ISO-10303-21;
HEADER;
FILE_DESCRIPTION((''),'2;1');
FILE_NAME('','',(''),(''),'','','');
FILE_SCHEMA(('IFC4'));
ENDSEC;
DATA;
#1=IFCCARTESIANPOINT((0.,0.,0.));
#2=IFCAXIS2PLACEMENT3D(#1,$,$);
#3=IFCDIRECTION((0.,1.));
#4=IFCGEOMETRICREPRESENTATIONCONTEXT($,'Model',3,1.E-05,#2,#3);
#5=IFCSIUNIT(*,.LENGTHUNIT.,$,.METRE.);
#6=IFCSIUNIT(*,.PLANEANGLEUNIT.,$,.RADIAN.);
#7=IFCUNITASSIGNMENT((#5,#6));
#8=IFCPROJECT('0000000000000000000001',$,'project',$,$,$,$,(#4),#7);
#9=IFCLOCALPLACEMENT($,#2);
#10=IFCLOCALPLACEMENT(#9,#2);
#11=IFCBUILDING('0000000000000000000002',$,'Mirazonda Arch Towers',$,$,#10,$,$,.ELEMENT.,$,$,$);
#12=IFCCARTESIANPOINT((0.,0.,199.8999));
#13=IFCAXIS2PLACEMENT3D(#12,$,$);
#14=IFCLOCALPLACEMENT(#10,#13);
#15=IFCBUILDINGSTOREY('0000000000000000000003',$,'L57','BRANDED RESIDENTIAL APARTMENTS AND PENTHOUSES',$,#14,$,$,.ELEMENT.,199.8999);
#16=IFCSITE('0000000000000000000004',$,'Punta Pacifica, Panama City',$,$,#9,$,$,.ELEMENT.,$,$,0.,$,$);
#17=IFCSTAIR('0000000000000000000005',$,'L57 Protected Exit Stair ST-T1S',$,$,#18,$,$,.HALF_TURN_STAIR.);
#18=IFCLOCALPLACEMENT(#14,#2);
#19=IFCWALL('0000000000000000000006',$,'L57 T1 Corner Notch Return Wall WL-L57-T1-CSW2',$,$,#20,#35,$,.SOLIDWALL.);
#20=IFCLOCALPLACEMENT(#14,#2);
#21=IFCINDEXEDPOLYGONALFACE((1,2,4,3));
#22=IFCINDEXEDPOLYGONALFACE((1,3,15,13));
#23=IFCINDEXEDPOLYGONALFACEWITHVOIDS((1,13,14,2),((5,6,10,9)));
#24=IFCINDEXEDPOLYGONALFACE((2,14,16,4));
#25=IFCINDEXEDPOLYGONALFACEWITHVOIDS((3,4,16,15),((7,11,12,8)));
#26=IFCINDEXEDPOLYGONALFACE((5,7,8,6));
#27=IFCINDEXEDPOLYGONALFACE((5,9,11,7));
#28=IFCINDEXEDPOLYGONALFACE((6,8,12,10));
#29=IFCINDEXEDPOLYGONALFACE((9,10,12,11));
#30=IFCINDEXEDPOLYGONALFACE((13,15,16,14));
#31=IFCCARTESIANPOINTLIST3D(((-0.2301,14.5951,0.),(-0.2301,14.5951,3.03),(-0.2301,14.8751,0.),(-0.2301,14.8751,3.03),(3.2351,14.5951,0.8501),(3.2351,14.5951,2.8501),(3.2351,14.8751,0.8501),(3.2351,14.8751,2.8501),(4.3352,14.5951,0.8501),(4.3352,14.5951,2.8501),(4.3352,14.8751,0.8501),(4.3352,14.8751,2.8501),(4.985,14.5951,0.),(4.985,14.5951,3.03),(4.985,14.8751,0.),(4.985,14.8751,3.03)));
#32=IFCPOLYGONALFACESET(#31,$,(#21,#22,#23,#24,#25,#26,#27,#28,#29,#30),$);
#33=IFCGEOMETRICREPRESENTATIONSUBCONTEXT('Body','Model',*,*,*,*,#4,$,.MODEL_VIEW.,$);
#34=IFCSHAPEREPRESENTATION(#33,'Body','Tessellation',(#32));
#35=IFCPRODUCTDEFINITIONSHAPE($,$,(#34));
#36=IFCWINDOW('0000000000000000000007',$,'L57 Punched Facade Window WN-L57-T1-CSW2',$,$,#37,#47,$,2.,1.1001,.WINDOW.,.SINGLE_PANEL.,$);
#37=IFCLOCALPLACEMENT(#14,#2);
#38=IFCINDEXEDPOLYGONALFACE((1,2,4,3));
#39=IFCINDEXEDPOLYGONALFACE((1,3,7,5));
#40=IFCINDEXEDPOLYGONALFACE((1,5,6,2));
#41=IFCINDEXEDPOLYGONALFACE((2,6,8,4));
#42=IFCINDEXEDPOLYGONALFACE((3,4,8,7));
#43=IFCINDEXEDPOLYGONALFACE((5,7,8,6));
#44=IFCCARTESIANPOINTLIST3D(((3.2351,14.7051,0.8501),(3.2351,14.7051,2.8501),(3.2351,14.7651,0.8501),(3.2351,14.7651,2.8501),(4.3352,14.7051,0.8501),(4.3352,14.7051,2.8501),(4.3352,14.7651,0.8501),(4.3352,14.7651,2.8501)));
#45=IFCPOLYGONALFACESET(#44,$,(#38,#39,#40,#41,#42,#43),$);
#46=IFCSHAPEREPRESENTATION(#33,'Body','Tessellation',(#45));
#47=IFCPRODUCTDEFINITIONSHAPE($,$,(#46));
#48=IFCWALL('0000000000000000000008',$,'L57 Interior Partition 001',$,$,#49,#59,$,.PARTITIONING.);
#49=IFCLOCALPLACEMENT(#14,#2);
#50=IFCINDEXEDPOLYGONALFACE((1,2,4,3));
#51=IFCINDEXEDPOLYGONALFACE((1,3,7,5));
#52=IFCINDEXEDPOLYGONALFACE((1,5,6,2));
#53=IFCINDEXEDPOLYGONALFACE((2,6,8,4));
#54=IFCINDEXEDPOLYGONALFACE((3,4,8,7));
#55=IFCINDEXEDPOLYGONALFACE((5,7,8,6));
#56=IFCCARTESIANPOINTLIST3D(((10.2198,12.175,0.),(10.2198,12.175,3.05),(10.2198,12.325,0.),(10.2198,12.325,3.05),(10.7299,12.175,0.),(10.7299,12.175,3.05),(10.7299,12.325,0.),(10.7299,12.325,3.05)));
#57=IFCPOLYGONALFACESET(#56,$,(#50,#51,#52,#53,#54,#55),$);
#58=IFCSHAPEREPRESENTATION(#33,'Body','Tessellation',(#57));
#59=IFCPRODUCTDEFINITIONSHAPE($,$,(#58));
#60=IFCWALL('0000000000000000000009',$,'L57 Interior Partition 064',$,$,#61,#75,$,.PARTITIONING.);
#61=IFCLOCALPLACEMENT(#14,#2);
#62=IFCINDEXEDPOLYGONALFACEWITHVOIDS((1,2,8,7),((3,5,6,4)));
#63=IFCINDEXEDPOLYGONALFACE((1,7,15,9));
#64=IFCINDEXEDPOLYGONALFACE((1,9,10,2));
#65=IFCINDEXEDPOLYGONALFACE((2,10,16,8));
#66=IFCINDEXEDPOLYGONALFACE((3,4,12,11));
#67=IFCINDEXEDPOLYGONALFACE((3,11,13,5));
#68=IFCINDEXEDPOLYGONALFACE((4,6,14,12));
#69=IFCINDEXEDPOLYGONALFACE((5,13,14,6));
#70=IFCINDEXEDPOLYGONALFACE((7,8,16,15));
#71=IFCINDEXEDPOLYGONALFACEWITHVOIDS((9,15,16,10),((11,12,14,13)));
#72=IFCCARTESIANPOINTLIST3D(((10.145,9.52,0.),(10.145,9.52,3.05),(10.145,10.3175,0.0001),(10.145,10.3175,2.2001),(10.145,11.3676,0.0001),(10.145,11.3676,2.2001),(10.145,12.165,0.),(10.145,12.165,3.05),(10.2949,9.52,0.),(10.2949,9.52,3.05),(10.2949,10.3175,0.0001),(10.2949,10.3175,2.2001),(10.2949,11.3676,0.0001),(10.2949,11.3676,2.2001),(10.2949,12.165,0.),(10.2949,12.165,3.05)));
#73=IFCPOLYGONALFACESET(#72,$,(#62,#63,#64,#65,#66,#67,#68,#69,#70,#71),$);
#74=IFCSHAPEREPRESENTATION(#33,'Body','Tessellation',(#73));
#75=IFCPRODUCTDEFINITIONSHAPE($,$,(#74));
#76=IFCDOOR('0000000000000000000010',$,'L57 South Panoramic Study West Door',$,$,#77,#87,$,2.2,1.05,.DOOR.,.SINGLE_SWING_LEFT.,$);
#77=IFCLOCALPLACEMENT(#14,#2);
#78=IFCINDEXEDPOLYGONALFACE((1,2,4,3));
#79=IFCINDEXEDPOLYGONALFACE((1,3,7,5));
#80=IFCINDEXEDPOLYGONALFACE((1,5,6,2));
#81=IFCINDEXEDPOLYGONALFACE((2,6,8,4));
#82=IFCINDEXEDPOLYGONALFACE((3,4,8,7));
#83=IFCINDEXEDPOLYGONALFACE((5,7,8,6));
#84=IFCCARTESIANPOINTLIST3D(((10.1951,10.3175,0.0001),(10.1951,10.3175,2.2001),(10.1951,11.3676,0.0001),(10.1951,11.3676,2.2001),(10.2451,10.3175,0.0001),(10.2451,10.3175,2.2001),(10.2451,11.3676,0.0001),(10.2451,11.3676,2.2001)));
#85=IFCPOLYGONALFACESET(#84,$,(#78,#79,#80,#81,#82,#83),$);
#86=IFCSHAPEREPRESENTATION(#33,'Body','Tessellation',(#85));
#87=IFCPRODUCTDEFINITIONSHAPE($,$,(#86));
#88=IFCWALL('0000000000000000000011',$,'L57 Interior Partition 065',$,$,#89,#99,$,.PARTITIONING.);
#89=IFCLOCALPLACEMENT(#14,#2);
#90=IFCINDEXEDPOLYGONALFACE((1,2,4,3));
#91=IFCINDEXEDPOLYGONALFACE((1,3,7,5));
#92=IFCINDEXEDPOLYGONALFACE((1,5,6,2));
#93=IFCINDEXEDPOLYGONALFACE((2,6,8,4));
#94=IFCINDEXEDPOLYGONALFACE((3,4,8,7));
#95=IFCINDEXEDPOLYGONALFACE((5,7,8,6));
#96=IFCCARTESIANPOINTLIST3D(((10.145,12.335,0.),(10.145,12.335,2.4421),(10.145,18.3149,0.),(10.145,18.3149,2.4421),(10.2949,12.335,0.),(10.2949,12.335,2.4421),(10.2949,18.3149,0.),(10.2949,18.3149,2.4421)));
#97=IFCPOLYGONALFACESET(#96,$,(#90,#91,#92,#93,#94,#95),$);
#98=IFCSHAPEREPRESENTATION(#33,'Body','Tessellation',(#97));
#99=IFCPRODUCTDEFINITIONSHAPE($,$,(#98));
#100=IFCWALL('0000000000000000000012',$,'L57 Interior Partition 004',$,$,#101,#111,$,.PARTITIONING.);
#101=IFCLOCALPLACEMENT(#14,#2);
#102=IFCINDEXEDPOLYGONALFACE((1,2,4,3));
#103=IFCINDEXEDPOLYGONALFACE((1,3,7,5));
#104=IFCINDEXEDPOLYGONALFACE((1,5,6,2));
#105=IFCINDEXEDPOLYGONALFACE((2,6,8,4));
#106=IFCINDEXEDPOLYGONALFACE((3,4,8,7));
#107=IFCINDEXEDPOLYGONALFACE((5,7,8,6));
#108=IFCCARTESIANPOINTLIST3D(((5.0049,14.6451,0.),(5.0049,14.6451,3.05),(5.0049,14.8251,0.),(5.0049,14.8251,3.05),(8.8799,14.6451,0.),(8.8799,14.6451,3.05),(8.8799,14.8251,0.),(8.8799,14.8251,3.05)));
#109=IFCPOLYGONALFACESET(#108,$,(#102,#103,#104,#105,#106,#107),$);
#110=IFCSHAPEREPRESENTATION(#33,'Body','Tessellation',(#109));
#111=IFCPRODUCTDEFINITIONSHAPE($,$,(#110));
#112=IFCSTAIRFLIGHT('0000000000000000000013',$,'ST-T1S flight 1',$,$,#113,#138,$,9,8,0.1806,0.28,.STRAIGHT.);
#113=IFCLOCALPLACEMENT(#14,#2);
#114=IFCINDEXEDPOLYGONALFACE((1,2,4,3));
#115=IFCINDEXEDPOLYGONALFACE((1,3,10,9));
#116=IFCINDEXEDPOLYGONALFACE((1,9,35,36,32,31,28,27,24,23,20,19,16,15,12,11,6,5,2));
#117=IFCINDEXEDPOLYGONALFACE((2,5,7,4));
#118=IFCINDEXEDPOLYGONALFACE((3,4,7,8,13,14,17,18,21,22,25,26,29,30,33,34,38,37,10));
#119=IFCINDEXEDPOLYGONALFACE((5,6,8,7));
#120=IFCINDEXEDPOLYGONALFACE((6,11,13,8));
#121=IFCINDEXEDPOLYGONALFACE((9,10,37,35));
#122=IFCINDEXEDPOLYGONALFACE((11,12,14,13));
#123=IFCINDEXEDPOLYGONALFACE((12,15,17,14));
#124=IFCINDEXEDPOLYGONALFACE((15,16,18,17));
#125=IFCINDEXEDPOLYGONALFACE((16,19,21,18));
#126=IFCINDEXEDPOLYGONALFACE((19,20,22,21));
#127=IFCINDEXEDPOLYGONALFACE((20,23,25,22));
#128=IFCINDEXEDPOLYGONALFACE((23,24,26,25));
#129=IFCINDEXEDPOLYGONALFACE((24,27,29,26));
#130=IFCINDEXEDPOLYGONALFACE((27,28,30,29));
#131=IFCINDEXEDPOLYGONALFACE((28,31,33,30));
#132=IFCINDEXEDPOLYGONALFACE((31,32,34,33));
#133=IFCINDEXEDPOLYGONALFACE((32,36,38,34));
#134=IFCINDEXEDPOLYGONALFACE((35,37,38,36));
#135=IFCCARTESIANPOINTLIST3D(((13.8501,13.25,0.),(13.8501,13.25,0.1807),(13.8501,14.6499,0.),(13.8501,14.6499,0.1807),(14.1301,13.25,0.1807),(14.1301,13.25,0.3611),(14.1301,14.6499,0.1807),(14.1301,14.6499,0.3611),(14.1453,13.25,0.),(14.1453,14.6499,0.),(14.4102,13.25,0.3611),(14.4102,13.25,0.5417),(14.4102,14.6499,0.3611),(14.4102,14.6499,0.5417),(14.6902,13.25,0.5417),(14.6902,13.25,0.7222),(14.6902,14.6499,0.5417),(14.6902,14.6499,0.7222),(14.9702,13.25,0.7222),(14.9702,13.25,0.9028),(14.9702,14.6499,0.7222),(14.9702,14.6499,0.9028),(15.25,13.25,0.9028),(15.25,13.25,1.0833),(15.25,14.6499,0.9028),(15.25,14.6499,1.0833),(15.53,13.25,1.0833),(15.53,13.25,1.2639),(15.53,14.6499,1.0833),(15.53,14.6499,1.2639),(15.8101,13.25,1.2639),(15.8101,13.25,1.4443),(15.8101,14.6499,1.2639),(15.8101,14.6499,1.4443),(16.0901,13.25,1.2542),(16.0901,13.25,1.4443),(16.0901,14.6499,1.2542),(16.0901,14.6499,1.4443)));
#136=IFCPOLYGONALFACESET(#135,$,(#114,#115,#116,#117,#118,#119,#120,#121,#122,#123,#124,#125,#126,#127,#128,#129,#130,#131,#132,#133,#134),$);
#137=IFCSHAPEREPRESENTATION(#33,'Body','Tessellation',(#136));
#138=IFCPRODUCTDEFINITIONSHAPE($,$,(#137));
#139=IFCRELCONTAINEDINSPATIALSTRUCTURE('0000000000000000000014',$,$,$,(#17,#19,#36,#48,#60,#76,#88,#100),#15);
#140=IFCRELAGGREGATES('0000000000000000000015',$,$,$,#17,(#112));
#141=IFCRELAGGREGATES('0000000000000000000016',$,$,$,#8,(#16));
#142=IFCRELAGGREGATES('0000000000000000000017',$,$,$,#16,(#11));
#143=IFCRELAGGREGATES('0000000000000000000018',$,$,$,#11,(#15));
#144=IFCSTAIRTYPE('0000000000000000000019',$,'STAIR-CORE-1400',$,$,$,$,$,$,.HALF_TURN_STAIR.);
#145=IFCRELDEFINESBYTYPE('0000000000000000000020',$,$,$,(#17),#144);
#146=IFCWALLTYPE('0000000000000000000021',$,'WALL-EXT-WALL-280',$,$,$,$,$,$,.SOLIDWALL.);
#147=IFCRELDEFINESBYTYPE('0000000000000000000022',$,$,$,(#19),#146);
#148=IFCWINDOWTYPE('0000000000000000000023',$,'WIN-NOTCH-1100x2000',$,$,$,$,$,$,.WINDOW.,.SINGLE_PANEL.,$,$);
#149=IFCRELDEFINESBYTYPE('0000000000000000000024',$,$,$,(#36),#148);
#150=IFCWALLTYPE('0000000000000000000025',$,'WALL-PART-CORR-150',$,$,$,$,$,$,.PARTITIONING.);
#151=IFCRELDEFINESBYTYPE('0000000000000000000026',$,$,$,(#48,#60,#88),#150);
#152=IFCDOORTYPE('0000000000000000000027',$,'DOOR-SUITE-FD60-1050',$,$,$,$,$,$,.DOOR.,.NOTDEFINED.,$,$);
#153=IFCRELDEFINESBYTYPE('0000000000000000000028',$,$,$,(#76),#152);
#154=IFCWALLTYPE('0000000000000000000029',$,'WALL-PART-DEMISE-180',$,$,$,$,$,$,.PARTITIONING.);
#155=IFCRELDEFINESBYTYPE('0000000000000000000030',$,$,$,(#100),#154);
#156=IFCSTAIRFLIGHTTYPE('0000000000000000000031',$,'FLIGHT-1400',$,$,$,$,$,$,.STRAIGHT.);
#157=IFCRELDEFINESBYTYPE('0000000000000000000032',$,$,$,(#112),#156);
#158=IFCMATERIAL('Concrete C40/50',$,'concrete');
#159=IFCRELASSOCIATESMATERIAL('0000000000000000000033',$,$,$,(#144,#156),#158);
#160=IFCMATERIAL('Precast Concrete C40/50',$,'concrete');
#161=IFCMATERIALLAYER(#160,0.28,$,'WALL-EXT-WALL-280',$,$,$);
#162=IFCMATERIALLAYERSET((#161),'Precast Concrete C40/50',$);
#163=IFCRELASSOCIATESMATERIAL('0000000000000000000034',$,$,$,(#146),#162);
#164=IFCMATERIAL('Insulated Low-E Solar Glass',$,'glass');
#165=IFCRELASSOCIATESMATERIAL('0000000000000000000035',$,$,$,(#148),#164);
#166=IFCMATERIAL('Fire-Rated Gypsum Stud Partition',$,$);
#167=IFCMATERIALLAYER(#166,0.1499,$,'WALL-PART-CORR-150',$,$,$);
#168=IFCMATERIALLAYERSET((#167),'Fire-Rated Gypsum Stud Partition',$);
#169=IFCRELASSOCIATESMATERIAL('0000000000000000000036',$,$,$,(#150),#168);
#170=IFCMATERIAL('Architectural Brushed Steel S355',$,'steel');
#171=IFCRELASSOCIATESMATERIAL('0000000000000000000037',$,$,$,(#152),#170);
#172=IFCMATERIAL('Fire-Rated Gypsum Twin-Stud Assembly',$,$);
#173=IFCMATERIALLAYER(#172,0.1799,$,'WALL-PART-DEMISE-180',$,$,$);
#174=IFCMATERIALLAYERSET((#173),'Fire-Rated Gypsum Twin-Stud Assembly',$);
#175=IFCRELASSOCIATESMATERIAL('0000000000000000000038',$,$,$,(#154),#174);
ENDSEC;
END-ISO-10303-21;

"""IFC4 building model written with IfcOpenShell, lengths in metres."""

from ifc_helpers import new_model, si_unit, direction, frame, frame_2d, origin, place, context, subcontext, project, spatial, polyline, rectangle, outline, extrude, material, layer, layer_set, type_object, element, fill, aggregate, save


model = new_model("IFC4")

# Units and contexts
model_context = context("Model", 3, precision=1e-05, world=origin(), true_north=direction((0.0, 1.0)))
body_context = subcontext(model_context, "Body", "Model", "MODEL_VIEW")
ifc_project = project(units=[si_unit("LENGTHUNIT", "METRE"), si_unit("PLANEANGLEUNIT", "RADIAN")], contexts=[model_context])

# Site, building, storey
site_placement = place(None, origin())
site = spatial("IfcSite", under=ifc_project, at=site_placement, Name="Punta Pacifica, Panama City", CompositionType="ELEMENT", RefElevation=0.0)
building_placement = place(site_placement, origin())
building = spatial("IfcBuilding", under=site, at=building_placement, Name="Mirazonda Arch Towers", CompositionType="ELEMENT")
storey_placement = place(building_placement, frame((0.0, 0.0, 199.8999)))
storey = spatial("IfcBuildingStorey", under=building, at=storey_placement, Name="L57", Description="BRANDED RESIDENTIAL APARTMENTS AND PENTHOUSES", CompositionType="ELEMENT", Elevation=199.8999)

# Shared definitions
ifc_material_1 = material(Name="Insulated Low-E Solar Glass", Category="glass")

# Stair
ifc_material_2 = material(Name="Concrete C40/50", Category="concrete")
stair_type = type_object("IfcStairType", Name="STAIR-CORE-1400", PredefinedType="HALF_TURN_STAIR", material=ifc_material_2)
stair_1_placement = place(storey_placement, origin())
stair_1 = element("IfcStair", 1, at=stair_1_placement, inside=storey, type_object=stair_type, Name="L57 Protected Exit Stair ST-T1S", PredefinedType="HALF_TURN_STAIR")

# Wall, opening, window
ifc_material_3 = material(Name="Precast Concrete C40/50", Category="concrete")
ifc_layer_1 = layer(ifc_material_3, 0.28, Name="WALL-EXT-WALL-280")
ifc_layer_set_1 = layer_set([ifc_layer_1], Name="Precast Concrete C40/50")
wall_type_1 = type_object("IfcWallType", Name="WALL-EXT-WALL-280", PredefinedType="SOLIDWALL", material=ifc_layer_set_1)
wall_1_placement = place(storey_placement, frame((-0.23, 14.7351, 0.0), z_axis=(0.0, 0.0, 1.0), x_axis=(1.0, 0.0, 0.0)))
wall_1 = element("IfcWall", 2, at=wall_1_placement, inside=storey, type_object=wall_type_1, Name="L57 T1 Corner Notch Return Wall WL-L57-T1-CSW2", PredefinedType="SOLIDWALL", context=body_context, shape_type="SweptSolid", body=[
    extrude(rectangle(XDim=5.2151, YDim=0.28, at=frame_2d((2.6074, 0.0))), origin(), (0.0, 0.0, 1.0), 3.03),
])
opening_1_placement = place(wall_1_placement, frame((3.4651, 0.0, 0.8501)))
opening_1 = element("IfcOpeningElement", 3, at=opening_1_placement, cuts=wall_1, PredefinedType="OPENING", context=body_context, shape_type="SweptSolid", body=[
    extrude(rectangle(XDim=1.1001, YDim=2.0, at=frame_2d((0.55, 1.0))), frame((0.0, 0.1499, 0.0), z_axis=(0.0, -1.0, 0.0), x_axis=(1.0, 0.0, 0.0)), (0.0, 0.0, 1.0), 0.3),
])
window_type_1 = type_object("IfcWindowType", Name="WIN-NOTCH-1100x2000", PartitioningType="SINGLE_PANEL", PredefinedType="WINDOW", material=ifc_material_1)
window_1_placement = place(opening_1_placement, origin())
window_1 = element("IfcWindow", 4, at=window_1_placement, inside=storey, type_object=window_type_1, Name="L57 Punched Facade Window WN-L57-T1-CSW2", OverallHeight=2.0, OverallWidth=1.1001, PartitioningType="SINGLE_PANEL", PredefinedType="WINDOW", context=body_context, shape_type="SweptSolid", body=[
    extrude(rectangle(XDim=1.1001, YDim=2.0, at=frame_2d((0.55, 1.0))), frame((0.0, 0.03, 0.0), z_axis=(0.0, -1.0, 0.0), x_axis=(1.0, 0.0, 0.0)), (0.0, 0.0, 1.0), 0.0601),
])
fill(opening_1, window_1)

# Wall
ifc_material_4 = material(Name="Fire-Rated Gypsum Stud Partition")
ifc_layer_2 = layer(ifc_material_4, 0.1499, Name="WALL-PART-CORR-150")
ifc_layer_set_2 = layer_set([ifc_layer_2], Name="Fire-Rated Gypsum Stud Partition")
wall_type_2 = type_object("IfcWallType", Name="WALL-PART-CORR-150", PredefinedType="PARTITIONING", material=ifc_layer_set_2)
wall_2_placement = place(storey_placement, frame((10.22, 12.25, 0.0), z_axis=(0.0, 0.0, 1.0), x_axis=(1.0, 0.0, 0.0)))
element("IfcWall", 5, at=wall_2_placement, inside=storey, type_object=wall_type_2, Name="L57 Interior Partition 001", PredefinedType="PARTITIONING", context=body_context, shape_type="SweptSolid", body=[
    extrude(rectangle(XDim=0.51, YDim=0.1499, at=frame_2d((0.2549, 0.0))), origin(), (0.0, 0.0, 1.0), 3.05),
])

# Wall, opening, door
wall_3_placement = place(storey_placement, frame((10.22, 9.52, 0.0), z_axis=(0.0, 0.0, 1.0), x_axis=(0.0, 1.0, 0.0)))
wall_3 = element("IfcWall", 6, at=wall_3_placement, inside=storey, type_object=wall_type_2, Name="L57 Interior Partition 064", PredefinedType="PARTITIONING", context=body_context, shape_type="SweptSolid", body=[
    extrude(rectangle(XDim=2.645, YDim=0.1499, at=frame_2d((1.3225, 0.0))), origin(), (0.0, 0.0, 1.0), 3.05),
])
opening_2_placement = place(wall_3_placement, frame((0.7976, 0.0, 0.0)))
opening_2 = element("IfcOpeningElement", 7, at=opening_2_placement, cuts=wall_3, PredefinedType="OPENING", context=body_context, shape_type="SweptSolid", body=[
    extrude(rectangle(XDim=1.05, YDim=2.2, at=frame_2d((0.5249, 1.1001))), frame((0.0, 0.085, 0.0), z_axis=(0.0, -1.0, 0.0), x_axis=(1.0, 0.0, 0.0)), (0.0, 0.0, 1.0), 0.1699),
])
ifc_material_5 = material(Name="Architectural Brushed Steel S355", Category="steel")
door_type_1 = type_object("IfcDoorType", Name="DOOR-SUITE-FD60-1050", OperationType="NOTDEFINED", PredefinedType="DOOR", material=ifc_material_5)
door_1_placement = place(opening_2_placement, origin())
door_1 = element("IfcDoor", 8, at=door_1_placement, inside=storey, type_object=door_type_1, Name="L57 South Panoramic Study West Door", OperationType="SINGLE_SWING_LEFT", OverallHeight=2.2, OverallWidth=1.05, PredefinedType="DOOR", context=body_context, shape_type="SweptSolid", body=[
    extrude(rectangle(XDim=1.05, YDim=2.2, at=frame_2d((0.5249, 1.1001))), frame((0.0, 0.0249, 0.0), z_axis=(0.0, -1.0, 0.0), x_axis=(1.0, 0.0, 0.0)), (0.0, 0.0, 1.0), 0.05),
])
fill(opening_2, door_1)

# Walls
wall_4_placement = place(storey_placement, frame((10.22, 12.335, 0.0), z_axis=(0.0, 0.0, 1.0), x_axis=(0.0, 1.0, 0.0)))
element("IfcWall", 9, at=wall_4_placement, inside=storey, type_object=wall_type_2, Name="L57 Interior Partition 065", PredefinedType="PARTITIONING", context=body_context, shape_type="SweptSolid", body=[
    extrude(rectangle(XDim=5.98, YDim=0.1499, at=frame_2d((2.99, 0.0))), origin(), (0.0, 0.0, 1.0), 2.4421),
])
ifc_material_6 = material(Name="Fire-Rated Gypsum Twin-Stud Assembly")
ifc_layer_3 = layer(ifc_material_6, 0.1799, Name="WALL-PART-DEMISE-180")
ifc_layer_set_3 = layer_set([ifc_layer_3], Name="Fire-Rated Gypsum Twin-Stud Assembly")
wall_type_3 = type_object("IfcWallType", Name="WALL-PART-DEMISE-180", PredefinedType="PARTITIONING", material=ifc_layer_set_3)
wall_5_placement = place(storey_placement, frame((5.0049, 14.7351, 0.0), z_axis=(0.0, 0.0, 1.0), x_axis=(1.0, 0.0, 0.0)))
element("IfcWall", 10, at=wall_5_placement, inside=storey, type_object=wall_type_3, Name="L57 Interior Partition 004", PredefinedType="PARTITIONING", context=body_context, shape_type="SweptSolid", body=[
    extrude(rectangle(XDim=3.875, YDim=0.1799, at=frame_2d((1.9375, 0.0))), origin(), (0.0, 0.0, 1.0), 3.05),
])

# Stair flight
stair_flight_type = type_object("IfcStairFlightType", Name="FLIGHT-1400", PredefinedType="STRAIGHT", material=ifc_material_2)
stair_flight_placement = place(storey_placement, frame((13.8501, 13.95, 0.0), z_axis=(0.0, 0.0, 1.0), x_axis=(1.0, 0.0, 0.0)))
stair_flight = element("IfcStairFlight", 11, at=stair_flight_placement, type_object=stair_flight_type, Name="ST-T1S flight 1", NumberOfRisers=9, NumberOfTreads=8, PredefinedType="STRAIGHT", RiserHeight=0.1806, TreadLength=0.28, context=body_context, shape_type="SweptSolid", body=[
    extrude(outline(polyline([(0.0, 0.0), (0.0, 0.1807), (0.28, 0.1807), (0.28, 0.3611), (0.5601, 0.3611), (0.5601, 0.5417), (0.8401, 0.5417), (0.8401, 0.7222), (1.1201, 0.7222), (1.1201, 0.9028), (1.3999, 0.9028), (1.3999, 1.0833), (1.6799, 1.0833), (1.6799, 1.2639), (1.96, 1.2639), (1.96, 1.4443), (2.24, 1.4443), (2.24, 1.625), (2.24, 1.2542), (0.2952, 0.0), (0.0, 0.0)])), frame((0.0, 0.7, 0.0), z_axis=(0.0, -1.0, 0.0), x_axis=(1.0, 0.0, 0.0)), (0.0, 0.0, 1.0), 1.3999),
])
aggregate(stair_1, [stair_flight])

save(model, "model.ifc")
